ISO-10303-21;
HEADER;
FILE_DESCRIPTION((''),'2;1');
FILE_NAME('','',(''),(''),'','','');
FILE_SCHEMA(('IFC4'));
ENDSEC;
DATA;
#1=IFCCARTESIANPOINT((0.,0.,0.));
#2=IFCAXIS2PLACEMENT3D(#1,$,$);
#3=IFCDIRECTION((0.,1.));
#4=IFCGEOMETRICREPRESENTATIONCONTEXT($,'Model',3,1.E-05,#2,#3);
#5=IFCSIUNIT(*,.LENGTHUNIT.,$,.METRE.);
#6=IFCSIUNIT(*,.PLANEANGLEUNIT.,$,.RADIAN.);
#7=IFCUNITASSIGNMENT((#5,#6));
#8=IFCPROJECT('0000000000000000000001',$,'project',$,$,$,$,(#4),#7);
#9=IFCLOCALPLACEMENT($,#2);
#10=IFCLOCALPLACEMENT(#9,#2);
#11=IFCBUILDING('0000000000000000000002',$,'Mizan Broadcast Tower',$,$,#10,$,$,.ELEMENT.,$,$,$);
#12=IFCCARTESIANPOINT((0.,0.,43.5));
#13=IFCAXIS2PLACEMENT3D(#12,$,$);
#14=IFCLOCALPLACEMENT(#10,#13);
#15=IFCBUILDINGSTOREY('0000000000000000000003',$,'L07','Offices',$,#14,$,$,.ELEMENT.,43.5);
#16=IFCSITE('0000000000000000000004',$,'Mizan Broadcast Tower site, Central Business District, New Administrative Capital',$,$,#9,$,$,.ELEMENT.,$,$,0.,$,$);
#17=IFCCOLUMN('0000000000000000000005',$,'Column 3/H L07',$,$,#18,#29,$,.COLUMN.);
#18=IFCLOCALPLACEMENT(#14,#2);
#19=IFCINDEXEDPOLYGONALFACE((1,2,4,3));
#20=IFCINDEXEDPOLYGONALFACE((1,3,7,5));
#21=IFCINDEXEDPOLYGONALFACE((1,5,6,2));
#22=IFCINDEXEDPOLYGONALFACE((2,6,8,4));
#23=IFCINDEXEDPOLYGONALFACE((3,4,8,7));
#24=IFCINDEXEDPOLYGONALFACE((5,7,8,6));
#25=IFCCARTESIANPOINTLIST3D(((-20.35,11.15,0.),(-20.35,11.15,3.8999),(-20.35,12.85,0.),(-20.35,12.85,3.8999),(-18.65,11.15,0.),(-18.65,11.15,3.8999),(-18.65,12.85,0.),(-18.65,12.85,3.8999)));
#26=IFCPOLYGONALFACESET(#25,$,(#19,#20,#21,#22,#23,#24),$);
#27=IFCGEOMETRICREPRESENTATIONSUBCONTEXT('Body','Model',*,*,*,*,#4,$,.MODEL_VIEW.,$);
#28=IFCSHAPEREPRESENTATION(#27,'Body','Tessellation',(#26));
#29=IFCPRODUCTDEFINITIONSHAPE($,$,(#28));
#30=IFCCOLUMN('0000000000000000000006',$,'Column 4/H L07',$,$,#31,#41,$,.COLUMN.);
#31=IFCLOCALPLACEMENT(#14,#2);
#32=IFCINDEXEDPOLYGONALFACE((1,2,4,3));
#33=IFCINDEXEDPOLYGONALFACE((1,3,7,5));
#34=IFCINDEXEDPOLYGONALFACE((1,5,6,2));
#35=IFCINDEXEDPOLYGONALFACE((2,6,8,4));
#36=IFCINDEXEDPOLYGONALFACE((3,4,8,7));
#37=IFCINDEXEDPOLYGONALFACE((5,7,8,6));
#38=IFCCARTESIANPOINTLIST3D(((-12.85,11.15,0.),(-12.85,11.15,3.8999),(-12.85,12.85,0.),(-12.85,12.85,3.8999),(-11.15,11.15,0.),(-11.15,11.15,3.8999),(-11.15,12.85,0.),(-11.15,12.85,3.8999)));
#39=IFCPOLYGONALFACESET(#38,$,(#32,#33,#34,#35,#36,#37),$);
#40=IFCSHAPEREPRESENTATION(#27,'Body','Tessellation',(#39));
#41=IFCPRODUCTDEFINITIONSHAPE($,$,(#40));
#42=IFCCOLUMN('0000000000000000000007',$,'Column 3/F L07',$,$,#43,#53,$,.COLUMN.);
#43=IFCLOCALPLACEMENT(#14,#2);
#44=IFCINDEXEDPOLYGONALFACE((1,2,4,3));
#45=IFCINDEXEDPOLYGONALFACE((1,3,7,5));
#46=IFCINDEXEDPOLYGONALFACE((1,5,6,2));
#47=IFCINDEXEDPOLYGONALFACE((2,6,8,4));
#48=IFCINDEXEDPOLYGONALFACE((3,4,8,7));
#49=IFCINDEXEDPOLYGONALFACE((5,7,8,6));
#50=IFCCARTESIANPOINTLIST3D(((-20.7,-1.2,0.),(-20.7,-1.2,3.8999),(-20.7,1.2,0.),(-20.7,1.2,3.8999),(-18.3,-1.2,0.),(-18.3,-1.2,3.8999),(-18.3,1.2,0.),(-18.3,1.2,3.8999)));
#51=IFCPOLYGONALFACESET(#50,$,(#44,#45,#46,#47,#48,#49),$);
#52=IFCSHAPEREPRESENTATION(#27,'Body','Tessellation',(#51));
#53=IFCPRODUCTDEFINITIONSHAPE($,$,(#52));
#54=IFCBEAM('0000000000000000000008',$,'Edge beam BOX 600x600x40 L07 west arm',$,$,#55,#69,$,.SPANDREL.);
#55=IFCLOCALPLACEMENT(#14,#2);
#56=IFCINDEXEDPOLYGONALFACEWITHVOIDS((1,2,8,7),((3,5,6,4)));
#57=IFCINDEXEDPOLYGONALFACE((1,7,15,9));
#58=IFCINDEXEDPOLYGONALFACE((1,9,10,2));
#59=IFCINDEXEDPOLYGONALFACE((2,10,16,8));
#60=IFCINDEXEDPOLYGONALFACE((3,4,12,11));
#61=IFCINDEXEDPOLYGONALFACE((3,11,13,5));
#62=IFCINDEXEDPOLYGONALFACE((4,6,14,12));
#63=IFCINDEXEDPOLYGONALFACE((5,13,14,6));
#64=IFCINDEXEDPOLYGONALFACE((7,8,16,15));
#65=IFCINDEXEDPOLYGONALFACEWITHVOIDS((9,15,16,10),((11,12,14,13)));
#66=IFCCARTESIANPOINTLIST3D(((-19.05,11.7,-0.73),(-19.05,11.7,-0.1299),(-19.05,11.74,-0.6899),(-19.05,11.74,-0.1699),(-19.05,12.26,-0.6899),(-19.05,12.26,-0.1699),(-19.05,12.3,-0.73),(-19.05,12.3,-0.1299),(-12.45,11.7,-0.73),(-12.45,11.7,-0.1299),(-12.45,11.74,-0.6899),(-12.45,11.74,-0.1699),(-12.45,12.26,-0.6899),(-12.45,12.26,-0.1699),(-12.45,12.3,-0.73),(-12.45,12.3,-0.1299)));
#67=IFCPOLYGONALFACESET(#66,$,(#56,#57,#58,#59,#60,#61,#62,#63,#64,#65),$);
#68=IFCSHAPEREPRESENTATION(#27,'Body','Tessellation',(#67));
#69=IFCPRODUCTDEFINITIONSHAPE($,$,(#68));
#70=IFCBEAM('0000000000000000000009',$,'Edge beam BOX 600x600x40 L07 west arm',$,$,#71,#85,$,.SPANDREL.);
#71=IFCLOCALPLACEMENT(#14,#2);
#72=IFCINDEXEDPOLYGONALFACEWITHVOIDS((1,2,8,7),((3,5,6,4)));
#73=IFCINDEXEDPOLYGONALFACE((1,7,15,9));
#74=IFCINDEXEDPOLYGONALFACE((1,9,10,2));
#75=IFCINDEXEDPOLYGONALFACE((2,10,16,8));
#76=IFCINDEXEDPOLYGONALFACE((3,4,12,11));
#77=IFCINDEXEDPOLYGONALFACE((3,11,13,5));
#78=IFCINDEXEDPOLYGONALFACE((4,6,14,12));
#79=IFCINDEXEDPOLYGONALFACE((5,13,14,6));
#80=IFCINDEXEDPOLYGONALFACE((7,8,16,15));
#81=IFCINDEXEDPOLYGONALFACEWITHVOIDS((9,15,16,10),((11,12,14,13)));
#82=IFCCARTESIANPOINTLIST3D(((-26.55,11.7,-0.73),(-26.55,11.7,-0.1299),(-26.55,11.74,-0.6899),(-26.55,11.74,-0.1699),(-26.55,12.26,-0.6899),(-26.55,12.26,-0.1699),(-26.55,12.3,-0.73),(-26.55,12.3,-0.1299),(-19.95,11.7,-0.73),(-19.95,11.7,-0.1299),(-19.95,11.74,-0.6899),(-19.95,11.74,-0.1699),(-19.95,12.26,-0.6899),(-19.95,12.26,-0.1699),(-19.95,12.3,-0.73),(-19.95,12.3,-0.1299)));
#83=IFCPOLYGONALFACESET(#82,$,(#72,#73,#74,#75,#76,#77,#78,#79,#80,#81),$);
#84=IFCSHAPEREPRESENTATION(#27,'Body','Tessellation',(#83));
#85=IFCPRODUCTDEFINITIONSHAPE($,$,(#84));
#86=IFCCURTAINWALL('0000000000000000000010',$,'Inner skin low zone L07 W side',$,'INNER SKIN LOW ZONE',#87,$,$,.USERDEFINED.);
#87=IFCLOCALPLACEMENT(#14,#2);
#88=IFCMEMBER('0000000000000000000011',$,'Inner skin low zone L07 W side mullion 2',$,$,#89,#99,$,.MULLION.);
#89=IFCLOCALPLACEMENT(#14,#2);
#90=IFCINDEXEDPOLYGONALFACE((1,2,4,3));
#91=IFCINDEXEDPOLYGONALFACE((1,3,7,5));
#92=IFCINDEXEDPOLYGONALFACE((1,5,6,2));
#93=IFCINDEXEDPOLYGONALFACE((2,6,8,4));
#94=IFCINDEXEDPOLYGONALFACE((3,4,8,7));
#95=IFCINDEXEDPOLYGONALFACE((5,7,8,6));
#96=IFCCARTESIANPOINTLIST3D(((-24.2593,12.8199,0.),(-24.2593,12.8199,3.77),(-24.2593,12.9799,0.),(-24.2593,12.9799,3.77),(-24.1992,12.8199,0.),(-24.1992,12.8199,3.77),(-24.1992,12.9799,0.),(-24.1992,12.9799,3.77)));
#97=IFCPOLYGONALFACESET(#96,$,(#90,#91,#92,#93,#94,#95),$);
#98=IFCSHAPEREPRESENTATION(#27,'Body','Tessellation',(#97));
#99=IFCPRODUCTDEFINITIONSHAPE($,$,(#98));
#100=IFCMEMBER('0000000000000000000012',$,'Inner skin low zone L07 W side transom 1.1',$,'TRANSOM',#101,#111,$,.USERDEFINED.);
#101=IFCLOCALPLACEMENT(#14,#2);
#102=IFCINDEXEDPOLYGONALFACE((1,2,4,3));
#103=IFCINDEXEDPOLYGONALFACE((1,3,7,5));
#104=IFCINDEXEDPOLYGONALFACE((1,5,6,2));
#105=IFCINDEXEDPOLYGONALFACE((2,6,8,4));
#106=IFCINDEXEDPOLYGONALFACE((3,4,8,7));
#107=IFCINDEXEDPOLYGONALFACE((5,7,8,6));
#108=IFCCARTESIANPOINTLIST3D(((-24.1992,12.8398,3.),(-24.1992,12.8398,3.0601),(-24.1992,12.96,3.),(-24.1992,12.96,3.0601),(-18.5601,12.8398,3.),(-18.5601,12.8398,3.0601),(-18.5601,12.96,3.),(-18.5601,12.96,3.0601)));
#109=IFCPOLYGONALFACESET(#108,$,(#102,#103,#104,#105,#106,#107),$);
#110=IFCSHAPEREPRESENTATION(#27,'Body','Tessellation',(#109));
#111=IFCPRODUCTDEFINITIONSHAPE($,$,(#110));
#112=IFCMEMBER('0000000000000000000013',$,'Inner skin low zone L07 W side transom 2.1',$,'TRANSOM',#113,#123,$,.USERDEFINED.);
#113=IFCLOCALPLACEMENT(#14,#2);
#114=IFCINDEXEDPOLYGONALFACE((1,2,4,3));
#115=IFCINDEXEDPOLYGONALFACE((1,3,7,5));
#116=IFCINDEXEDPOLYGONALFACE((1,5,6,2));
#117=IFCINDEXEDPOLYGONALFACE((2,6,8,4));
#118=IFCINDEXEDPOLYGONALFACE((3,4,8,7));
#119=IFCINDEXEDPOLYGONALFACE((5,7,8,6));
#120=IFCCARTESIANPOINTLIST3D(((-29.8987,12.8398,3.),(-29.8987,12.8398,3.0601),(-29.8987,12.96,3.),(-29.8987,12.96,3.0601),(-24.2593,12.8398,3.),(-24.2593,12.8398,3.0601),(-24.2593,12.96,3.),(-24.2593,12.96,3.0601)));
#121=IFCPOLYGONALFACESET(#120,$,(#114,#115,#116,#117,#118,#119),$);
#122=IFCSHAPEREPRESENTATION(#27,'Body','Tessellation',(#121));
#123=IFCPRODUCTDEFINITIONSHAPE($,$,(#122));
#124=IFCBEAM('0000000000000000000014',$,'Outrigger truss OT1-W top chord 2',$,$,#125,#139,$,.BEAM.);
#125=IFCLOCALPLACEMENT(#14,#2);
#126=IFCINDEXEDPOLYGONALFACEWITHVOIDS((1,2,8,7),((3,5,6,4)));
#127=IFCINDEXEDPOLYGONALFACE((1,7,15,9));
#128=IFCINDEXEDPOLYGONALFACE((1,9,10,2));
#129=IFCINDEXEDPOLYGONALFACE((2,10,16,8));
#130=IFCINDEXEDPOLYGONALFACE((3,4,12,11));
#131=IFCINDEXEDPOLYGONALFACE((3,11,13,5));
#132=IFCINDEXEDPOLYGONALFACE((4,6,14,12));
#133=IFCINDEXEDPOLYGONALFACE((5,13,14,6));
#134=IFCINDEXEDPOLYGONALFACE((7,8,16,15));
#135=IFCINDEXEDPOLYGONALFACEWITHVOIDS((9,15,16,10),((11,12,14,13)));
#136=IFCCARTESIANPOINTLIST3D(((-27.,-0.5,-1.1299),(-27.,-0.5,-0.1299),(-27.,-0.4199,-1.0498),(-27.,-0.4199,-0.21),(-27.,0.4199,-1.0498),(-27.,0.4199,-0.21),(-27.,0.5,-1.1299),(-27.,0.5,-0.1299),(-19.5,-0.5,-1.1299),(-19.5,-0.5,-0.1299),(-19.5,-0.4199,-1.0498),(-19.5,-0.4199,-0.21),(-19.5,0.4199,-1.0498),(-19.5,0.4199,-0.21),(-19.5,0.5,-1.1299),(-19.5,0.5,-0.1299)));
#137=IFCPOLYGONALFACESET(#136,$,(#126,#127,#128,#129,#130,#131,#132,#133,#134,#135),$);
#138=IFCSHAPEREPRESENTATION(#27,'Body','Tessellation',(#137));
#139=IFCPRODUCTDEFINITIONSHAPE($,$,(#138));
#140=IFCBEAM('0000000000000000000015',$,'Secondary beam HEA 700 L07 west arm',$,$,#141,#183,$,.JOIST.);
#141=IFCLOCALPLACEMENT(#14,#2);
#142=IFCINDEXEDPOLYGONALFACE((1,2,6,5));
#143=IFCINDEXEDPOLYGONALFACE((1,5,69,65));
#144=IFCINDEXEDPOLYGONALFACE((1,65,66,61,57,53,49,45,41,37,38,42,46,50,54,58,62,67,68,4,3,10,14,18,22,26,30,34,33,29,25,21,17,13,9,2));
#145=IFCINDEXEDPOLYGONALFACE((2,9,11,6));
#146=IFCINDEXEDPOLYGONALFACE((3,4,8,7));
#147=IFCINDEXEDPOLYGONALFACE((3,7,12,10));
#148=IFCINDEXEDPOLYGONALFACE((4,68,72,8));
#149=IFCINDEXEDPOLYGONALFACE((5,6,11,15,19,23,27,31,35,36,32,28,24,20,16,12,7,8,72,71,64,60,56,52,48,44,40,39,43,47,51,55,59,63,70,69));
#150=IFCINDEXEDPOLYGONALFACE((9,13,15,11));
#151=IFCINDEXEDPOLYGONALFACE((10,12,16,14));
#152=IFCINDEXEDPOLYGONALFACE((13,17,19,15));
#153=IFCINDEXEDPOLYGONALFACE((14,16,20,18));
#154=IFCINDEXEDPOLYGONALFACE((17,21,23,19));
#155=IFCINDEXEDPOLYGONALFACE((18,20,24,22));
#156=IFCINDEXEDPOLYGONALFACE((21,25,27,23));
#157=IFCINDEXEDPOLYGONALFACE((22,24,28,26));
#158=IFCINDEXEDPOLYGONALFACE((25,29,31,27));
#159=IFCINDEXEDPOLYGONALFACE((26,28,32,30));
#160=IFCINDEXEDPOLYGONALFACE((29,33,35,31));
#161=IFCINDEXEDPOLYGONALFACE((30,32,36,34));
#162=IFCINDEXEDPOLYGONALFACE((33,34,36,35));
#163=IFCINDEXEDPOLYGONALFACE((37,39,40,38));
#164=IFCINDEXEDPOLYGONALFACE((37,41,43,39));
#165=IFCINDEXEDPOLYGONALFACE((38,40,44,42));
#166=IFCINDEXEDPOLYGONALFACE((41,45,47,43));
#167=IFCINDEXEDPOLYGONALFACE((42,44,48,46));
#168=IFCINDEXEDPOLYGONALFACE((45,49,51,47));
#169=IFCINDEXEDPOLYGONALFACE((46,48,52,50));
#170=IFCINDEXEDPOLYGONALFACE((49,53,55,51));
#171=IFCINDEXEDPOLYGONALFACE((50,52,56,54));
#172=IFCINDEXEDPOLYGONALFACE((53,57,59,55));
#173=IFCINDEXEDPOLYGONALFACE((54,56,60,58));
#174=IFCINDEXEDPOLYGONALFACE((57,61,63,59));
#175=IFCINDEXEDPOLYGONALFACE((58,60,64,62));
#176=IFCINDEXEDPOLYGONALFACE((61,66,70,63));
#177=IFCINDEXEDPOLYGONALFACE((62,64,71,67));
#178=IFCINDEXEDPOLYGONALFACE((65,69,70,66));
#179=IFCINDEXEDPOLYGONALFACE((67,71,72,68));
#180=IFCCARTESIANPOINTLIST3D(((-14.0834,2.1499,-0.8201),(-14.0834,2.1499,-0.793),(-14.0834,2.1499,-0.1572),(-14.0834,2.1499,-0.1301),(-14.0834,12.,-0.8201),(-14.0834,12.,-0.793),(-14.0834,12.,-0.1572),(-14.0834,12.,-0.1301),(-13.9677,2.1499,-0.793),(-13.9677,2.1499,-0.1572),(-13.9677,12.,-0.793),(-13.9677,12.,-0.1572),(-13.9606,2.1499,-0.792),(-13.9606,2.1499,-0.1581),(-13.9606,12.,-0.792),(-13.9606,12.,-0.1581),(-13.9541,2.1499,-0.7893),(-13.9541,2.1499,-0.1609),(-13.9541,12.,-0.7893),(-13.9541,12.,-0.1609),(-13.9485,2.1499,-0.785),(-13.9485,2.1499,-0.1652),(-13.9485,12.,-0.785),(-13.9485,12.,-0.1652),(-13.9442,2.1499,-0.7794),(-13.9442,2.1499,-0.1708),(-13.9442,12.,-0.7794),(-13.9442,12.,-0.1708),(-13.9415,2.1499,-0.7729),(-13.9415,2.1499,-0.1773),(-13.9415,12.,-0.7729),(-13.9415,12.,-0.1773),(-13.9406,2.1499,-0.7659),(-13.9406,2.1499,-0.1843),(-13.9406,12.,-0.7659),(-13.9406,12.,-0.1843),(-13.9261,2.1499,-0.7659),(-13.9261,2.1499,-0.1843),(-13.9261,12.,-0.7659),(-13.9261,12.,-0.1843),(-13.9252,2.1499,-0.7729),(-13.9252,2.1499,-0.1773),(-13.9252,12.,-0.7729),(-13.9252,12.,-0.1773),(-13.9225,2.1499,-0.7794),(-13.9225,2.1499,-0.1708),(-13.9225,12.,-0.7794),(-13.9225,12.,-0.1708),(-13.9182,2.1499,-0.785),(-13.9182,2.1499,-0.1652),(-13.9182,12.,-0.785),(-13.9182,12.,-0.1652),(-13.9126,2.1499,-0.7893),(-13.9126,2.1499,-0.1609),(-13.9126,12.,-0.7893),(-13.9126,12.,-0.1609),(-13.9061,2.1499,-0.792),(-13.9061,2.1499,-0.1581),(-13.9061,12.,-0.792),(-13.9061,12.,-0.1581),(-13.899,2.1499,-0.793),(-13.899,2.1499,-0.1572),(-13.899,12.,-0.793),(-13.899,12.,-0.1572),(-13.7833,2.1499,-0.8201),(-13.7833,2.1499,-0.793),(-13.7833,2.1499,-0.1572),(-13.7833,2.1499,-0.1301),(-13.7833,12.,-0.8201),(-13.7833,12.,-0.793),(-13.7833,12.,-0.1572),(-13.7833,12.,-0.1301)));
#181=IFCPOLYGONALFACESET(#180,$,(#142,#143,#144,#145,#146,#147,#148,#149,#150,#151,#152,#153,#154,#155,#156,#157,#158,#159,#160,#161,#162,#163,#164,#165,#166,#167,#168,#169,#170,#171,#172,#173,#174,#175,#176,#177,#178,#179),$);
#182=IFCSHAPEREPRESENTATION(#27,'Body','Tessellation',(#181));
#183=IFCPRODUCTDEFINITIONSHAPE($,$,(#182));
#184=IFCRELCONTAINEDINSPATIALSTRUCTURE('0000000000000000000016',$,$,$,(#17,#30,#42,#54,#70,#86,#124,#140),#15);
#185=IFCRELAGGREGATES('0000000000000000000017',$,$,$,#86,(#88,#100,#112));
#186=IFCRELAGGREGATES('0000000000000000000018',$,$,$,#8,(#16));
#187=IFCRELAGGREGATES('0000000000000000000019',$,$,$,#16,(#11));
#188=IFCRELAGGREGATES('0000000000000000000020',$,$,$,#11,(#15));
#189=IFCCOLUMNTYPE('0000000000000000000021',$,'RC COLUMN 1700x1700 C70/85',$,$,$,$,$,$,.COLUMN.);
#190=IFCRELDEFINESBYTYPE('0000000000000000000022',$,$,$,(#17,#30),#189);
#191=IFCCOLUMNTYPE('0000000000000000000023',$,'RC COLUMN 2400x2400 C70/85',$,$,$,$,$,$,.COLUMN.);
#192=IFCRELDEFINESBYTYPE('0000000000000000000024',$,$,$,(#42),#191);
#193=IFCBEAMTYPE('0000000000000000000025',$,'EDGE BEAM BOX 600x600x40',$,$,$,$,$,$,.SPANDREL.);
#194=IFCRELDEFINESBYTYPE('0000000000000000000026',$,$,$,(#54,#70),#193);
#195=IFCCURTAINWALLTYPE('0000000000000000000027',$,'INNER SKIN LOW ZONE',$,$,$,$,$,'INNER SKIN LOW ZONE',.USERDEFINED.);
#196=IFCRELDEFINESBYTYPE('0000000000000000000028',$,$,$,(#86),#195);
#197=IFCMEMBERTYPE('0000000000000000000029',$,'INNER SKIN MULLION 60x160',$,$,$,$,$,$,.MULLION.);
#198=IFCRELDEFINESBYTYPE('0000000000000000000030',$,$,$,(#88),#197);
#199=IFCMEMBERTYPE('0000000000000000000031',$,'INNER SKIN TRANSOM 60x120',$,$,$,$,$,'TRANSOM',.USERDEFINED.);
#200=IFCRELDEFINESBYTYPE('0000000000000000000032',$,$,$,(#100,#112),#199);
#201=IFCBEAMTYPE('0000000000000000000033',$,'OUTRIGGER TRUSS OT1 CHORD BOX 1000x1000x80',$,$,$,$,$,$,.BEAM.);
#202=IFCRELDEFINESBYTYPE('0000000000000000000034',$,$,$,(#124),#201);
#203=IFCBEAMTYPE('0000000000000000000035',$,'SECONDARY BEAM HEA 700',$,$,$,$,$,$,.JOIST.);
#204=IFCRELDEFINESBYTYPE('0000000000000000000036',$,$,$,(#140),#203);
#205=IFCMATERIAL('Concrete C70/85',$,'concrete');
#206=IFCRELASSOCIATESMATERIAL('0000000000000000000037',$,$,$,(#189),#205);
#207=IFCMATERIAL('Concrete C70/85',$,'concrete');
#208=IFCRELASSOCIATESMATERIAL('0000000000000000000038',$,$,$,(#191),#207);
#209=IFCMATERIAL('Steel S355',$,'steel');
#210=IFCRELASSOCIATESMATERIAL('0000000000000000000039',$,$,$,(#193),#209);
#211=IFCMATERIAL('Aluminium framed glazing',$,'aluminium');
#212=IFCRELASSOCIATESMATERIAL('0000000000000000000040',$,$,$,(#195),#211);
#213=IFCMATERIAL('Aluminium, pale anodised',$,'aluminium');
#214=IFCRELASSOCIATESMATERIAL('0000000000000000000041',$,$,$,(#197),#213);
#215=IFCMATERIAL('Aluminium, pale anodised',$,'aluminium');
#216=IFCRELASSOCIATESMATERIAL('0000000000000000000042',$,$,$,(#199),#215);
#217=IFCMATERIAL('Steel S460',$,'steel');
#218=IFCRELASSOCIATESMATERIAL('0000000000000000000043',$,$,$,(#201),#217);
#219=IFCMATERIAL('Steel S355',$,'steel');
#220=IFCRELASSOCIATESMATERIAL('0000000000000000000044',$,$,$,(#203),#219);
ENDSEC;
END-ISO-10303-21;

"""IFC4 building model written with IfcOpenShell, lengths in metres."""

from ifc_helpers import new_model, si_unit, direction, frame, origin, origin_2d, place, context, subcontext, project, spatial, rectangle, hollow_rectangle, i_section, extrude, material, material_profile, profile_set, type_object, element, aggregate, save


model = new_model("IFC4")

# Units and contexts
model_context = context("Model", 3, precision=1e-05, world=origin(), true_north=direction((0.0, 1.0)))
body_context = subcontext(model_context, "Body", "Model", "MODEL_VIEW")
ifc_project = project(units=[si_unit("LENGTHUNIT", "METRE"), si_unit("PLANEANGLEUNIT", "RADIAN")], contexts=[model_context])

# Site, building, storey
site_placement = place(None, origin())
site = spatial("IfcSite", under=ifc_project, at=site_placement, Name="Mizan Broadcast Tower site, Central Business District, New Administrative Capital", CompositionType="ELEMENT", RefElevation=0.0)
building_placement = place(site_placement, origin())
building = spatial("IfcBuilding", under=site, at=building_placement, Name="Mizan Broadcast Tower", CompositionType="ELEMENT")
storey_placement = place(building_placement, frame((0.0, 0.0, 43.5)))
storey = spatial("IfcBuildingStorey", under=building, at=storey_placement, Name="L07", Description="Offices", CompositionType="ELEMENT", Elevation=43.5)

# Columns
ifc_material_1 = material(Name="Concrete C70/85", Category="concrete")
ifc_material_profile_1 = material_profile(ifc_material_1, rectangle(XDim=1.7, YDim=1.7, at=origin_2d()), Name="RC 1700x1700")
ifc_profile_set_1 = profile_set([ifc_material_profile_1], Name="Concrete C70/85")
column_type_1 = type_object("IfcColumnType", Name="RC COLUMN 1700x1700 C70/85", PredefinedType="COLUMN", material=ifc_profile_set_1)
for number, where, z_axis, x_axis, name in (
    (1, (-19.5, 12.0, 0.0), (0.0, 0.0, 1.0), (1.0, 0.0, 0.0), "Column 3/H L07"),
    (2, (-12.0, 12.0, 0.0), (0.0, 0.0, 1.0), (1.0, 0.0, 0.0), "Column 4/H L07"),
):
    element("IfcColumn", number, at=place(storey_placement, frame(where, z_axis=z_axis, x_axis=x_axis)), inside=storey, type_object=column_type_1, Name=name, PredefinedType="COLUMN", context=body_context, shape_type="SweptSolid", body=[
        extrude(rectangle(XDim=1.7, YDim=1.7, at=origin_2d()), origin(), (0.0, 0.0, 1.0), 3.8999),
    ])
ifc_material_2 = material(Name="Concrete C70/85", Category="concrete")
ifc_material_profile_2 = material_profile(ifc_material_2, rectangle(XDim=2.3999, YDim=2.3999, at=origin_2d()), Name="RC 2400x2400")
ifc_profile_set_2 = profile_set([ifc_material_profile_2], Name="Concrete C70/85")
column_type_2 = type_object("IfcColumnType", Name="RC COLUMN 2400x2400 C70/85", PredefinedType="COLUMN", material=ifc_profile_set_2)
column_placement = place(storey_placement, frame((-19.5, 0.0, 0.0), z_axis=(0.0, 0.0, 1.0), x_axis=(1.0, 0.0, 0.0)))
element("IfcColumn", 3, at=column_placement, inside=storey, type_object=column_type_2, Name="Column 3/F L07", PredefinedType="COLUMN", context=body_context, shape_type="SweptSolid", body=[
    extrude(rectangle(XDim=2.3999, YDim=2.3999, at=origin_2d()), origin(), (0.0, 0.0, 1.0), 3.8999),
])

# Beams
ifc_material_3 = material(Name="Steel S355", Category="steel")
ifc_material_profile_3 = material_profile(ifc_material_3, hollow_rectangle(XDim=0.6001, YDim=0.6001, WallThickness=0.04, at=origin_2d()), Name="BOX 600x600x40")
ifc_profile_set_3 = profile_set([ifc_material_profile_3], Name="Steel S355")
beam_type_1 = type_object("IfcBeamType", Name="EDGE BEAM BOX 600x600x40", PredefinedType="SPANDREL", material=ifc_profile_set_3)
for number, where, z_axis, x_axis, name in (
    (4, (-12.45, 12.0, -0.4299), (-1.0, 0.0, 0.0), (0.0, -1.0, 0.0), "Edge beam BOX 600x600x40 L07 west arm"),
    (5, (-19.95, 12.0, -0.4299), (-1.0, 0.0, 0.0), (0.0, -1.0, 0.0), "Edge beam BOX 600x600x40 L07 west arm"),
):
    element("IfcBeam", number, at=place(storey_placement, frame(where, z_axis=z_axis, x_axis=x_axis)), inside=storey, type_object=beam_type_1, Name=name, PredefinedType="SPANDREL", context=body_context, shape_type="SweptSolid", body=[
        extrude(hollow_rectangle(XDim=0.6001, YDim=0.6001, WallThickness=0.04, at=origin_2d()), origin(), (0.0, 0.0, 1.0), 6.6001),
    ])

# Curtain wall, members
ifc_material_4 = material(Name="Aluminium framed glazing", Category="aluminium")
curtain_wall_type = type_object("IfcCurtainWallType", Name="INNER SKIN LOW ZONE", ElementType="INNER SKIN LOW ZONE", PredefinedType="USERDEFINED", material=ifc_material_4)
curtain_wall_placement = place(storey_placement, origin())
curtain_wall = element("IfcCurtainWall", 6, at=curtain_wall_placement, inside=storey, type_object=curtain_wall_type, Name="Inner skin low zone L07 W side", ObjectType="INNER SKIN LOW ZONE", PredefinedType="USERDEFINED")
ifc_material_5 = material(Name="Aluminium, pale anodised", Category="aluminium")
ifc_material_profile_4 = material_profile(ifc_material_5, rectangle(XDim=0.1599, YDim=0.0601, at=origin_2d()), Name="MULLION 160x60")
ifc_profile_set_4 = profile_set([ifc_material_profile_4], Name="Aluminium, pale anodised")
member_type_1 = type_object("IfcMemberType", Name="INNER SKIN MULLION 60x160", PredefinedType="MULLION", material=ifc_profile_set_4)
member_1_placement = place(storey_placement, frame((-24.2292, 12.8999, 0.0), z_axis=(0.0, 0.0, 1.0), x_axis=(0.0, -1.0, 0.0)))
member_1 = element("IfcMember", 7, at=member_1_placement, type_object=member_type_1, Name="Inner skin low zone L07 W side mullion 2", PredefinedType="MULLION", context=body_context, shape_type="SweptSolid", body=[
    extrude(rectangle(XDim=0.1599, YDim=0.0601, at=origin_2d()), origin(), (0.0, 0.0, 1.0), 3.77),
])
ifc_material_6 = material(Name="Aluminium, pale anodised", Category="aluminium")
ifc_material_profile_5 = material_profile(ifc_material_6, rectangle(XDim=0.1201, YDim=0.0601, at=origin_2d()), Name="TRANSOM 120x60")
ifc_profile_set_5 = profile_set([ifc_material_profile_5], Name="Aluminium, pale anodised")
member_type_2 = type_object("IfcMemberType", Name="INNER SKIN TRANSOM 60x120", ElementType="TRANSOM", PredefinedType="USERDEFINED", material=ifc_profile_set_5)
member_2_placement = place(storey_placement, frame((-18.5601, 12.8999, 3.03), z_axis=(-1.0, 0.0, 0.0), x_axis=(0.0, -1.0, 0.0)))
member_2 = element("IfcMember", 8, at=member_2_placement, type_object=member_type_2, Name="Inner skin low zone L07 W side transom 1.1", ObjectType="TRANSOM", PredefinedType="USERDEFINED", context=body_context, shape_type="SweptSolid", body=[
    extrude(rectangle(XDim=0.1201, YDim=0.0601, at=origin_2d()), origin(), (0.0, 0.0, 1.0), 5.6392),
])
member_3_placement = place(storey_placement, frame((-24.2593, 12.8999, 3.03), z_axis=(-1.0, 0.0, 0.0), x_axis=(0.0, -1.0, 0.0)))
member_3 = element("IfcMember", 9, at=member_3_placement, type_object=member_type_2, Name="Inner skin low zone L07 W side transom 2.1", ObjectType="TRANSOM", PredefinedType="USERDEFINED", context=body_context, shape_type="SweptSolid", body=[
    extrude(rectangle(XDim=0.1201, YDim=0.0601, at=origin_2d()), origin(), (0.0, 0.0, 1.0), 5.6394),
])

# Beams
ifc_material_7 = material(Name="Steel S460", Category="steel")
ifc_material_profile_6 = material_profile(ifc_material_7, hollow_rectangle(XDim=1.0, YDim=1.0, WallThickness=0.0801, at=origin_2d()), Name="BOX 1000x1000x80")
ifc_profile_set_6 = profile_set([ifc_material_profile_6], Name="Steel S460")
beam_type_2 = type_object("IfcBeamType", Name="OUTRIGGER TRUSS OT1 CHORD BOX 1000x1000x80", PredefinedType="BEAM", material=ifc_profile_set_6)
beam_1_placement = place(storey_placement, frame((-19.5, 0.0, -0.6299), z_axis=(-1.0, 0.0, 0.0), x_axis=(0.0, -1.0, 0.0)))
element("IfcBeam", 10, at=beam_1_placement, inside=storey, type_object=beam_type_2, Name="Outrigger truss OT1-W top chord 2", PredefinedType="BEAM", context=body_context, shape_type="SweptSolid", body=[
    extrude(hollow_rectangle(XDim=1.0, YDim=1.0, WallThickness=0.0801, at=origin_2d()), origin(), (0.0, 0.0, 1.0), 7.5),
])
ifc_material_8 = material(Name="Steel S355", Category="steel")
ifc_material_profile_7 = material_profile(ifc_material_8, i_section(OverallWidth=0.3, OverallDepth=0.6899, WebThickness=0.0144, FlangeThickness=0.0271, FilletRadius=0.0271, at=origin_2d()), Name="HEA 700")
ifc_profile_set_7 = profile_set([ifc_material_profile_7], Name="Steel S355")
beam_type_3 = type_object("IfcBeamType", Name="SECONDARY BEAM HEA 700", PredefinedType="JOIST", material=ifc_profile_set_7)
for number, where, z_axis, x_axis, name in (
    (11, (-13.9333, 12.0, -0.4751), (0.0, -1.0, 0.0), (1.0, 0.0, 0.0), "Secondary beam HEA 700 L07 west arm"),
):
    element("IfcBeam", number, at=place(storey_placement, frame(where, z_axis=z_axis, x_axis=x_axis)), inside=storey, type_object=beam_type_3, Name=name, PredefinedType="JOIST", context=body_context, shape_type="SweptSolid", body=[
        extrude(i_section(OverallWidth=0.3, OverallDepth=0.6899, WebThickness=0.0144, FlangeThickness=0.0271, FilletRadius=0.0271, at=origin_2d()), origin(), (0.0, 0.0, 1.0), 9.8501),
    ])

aggregate(curtain_wall, [member_1, member_2, member_3])

save(model, "model.ifc")
